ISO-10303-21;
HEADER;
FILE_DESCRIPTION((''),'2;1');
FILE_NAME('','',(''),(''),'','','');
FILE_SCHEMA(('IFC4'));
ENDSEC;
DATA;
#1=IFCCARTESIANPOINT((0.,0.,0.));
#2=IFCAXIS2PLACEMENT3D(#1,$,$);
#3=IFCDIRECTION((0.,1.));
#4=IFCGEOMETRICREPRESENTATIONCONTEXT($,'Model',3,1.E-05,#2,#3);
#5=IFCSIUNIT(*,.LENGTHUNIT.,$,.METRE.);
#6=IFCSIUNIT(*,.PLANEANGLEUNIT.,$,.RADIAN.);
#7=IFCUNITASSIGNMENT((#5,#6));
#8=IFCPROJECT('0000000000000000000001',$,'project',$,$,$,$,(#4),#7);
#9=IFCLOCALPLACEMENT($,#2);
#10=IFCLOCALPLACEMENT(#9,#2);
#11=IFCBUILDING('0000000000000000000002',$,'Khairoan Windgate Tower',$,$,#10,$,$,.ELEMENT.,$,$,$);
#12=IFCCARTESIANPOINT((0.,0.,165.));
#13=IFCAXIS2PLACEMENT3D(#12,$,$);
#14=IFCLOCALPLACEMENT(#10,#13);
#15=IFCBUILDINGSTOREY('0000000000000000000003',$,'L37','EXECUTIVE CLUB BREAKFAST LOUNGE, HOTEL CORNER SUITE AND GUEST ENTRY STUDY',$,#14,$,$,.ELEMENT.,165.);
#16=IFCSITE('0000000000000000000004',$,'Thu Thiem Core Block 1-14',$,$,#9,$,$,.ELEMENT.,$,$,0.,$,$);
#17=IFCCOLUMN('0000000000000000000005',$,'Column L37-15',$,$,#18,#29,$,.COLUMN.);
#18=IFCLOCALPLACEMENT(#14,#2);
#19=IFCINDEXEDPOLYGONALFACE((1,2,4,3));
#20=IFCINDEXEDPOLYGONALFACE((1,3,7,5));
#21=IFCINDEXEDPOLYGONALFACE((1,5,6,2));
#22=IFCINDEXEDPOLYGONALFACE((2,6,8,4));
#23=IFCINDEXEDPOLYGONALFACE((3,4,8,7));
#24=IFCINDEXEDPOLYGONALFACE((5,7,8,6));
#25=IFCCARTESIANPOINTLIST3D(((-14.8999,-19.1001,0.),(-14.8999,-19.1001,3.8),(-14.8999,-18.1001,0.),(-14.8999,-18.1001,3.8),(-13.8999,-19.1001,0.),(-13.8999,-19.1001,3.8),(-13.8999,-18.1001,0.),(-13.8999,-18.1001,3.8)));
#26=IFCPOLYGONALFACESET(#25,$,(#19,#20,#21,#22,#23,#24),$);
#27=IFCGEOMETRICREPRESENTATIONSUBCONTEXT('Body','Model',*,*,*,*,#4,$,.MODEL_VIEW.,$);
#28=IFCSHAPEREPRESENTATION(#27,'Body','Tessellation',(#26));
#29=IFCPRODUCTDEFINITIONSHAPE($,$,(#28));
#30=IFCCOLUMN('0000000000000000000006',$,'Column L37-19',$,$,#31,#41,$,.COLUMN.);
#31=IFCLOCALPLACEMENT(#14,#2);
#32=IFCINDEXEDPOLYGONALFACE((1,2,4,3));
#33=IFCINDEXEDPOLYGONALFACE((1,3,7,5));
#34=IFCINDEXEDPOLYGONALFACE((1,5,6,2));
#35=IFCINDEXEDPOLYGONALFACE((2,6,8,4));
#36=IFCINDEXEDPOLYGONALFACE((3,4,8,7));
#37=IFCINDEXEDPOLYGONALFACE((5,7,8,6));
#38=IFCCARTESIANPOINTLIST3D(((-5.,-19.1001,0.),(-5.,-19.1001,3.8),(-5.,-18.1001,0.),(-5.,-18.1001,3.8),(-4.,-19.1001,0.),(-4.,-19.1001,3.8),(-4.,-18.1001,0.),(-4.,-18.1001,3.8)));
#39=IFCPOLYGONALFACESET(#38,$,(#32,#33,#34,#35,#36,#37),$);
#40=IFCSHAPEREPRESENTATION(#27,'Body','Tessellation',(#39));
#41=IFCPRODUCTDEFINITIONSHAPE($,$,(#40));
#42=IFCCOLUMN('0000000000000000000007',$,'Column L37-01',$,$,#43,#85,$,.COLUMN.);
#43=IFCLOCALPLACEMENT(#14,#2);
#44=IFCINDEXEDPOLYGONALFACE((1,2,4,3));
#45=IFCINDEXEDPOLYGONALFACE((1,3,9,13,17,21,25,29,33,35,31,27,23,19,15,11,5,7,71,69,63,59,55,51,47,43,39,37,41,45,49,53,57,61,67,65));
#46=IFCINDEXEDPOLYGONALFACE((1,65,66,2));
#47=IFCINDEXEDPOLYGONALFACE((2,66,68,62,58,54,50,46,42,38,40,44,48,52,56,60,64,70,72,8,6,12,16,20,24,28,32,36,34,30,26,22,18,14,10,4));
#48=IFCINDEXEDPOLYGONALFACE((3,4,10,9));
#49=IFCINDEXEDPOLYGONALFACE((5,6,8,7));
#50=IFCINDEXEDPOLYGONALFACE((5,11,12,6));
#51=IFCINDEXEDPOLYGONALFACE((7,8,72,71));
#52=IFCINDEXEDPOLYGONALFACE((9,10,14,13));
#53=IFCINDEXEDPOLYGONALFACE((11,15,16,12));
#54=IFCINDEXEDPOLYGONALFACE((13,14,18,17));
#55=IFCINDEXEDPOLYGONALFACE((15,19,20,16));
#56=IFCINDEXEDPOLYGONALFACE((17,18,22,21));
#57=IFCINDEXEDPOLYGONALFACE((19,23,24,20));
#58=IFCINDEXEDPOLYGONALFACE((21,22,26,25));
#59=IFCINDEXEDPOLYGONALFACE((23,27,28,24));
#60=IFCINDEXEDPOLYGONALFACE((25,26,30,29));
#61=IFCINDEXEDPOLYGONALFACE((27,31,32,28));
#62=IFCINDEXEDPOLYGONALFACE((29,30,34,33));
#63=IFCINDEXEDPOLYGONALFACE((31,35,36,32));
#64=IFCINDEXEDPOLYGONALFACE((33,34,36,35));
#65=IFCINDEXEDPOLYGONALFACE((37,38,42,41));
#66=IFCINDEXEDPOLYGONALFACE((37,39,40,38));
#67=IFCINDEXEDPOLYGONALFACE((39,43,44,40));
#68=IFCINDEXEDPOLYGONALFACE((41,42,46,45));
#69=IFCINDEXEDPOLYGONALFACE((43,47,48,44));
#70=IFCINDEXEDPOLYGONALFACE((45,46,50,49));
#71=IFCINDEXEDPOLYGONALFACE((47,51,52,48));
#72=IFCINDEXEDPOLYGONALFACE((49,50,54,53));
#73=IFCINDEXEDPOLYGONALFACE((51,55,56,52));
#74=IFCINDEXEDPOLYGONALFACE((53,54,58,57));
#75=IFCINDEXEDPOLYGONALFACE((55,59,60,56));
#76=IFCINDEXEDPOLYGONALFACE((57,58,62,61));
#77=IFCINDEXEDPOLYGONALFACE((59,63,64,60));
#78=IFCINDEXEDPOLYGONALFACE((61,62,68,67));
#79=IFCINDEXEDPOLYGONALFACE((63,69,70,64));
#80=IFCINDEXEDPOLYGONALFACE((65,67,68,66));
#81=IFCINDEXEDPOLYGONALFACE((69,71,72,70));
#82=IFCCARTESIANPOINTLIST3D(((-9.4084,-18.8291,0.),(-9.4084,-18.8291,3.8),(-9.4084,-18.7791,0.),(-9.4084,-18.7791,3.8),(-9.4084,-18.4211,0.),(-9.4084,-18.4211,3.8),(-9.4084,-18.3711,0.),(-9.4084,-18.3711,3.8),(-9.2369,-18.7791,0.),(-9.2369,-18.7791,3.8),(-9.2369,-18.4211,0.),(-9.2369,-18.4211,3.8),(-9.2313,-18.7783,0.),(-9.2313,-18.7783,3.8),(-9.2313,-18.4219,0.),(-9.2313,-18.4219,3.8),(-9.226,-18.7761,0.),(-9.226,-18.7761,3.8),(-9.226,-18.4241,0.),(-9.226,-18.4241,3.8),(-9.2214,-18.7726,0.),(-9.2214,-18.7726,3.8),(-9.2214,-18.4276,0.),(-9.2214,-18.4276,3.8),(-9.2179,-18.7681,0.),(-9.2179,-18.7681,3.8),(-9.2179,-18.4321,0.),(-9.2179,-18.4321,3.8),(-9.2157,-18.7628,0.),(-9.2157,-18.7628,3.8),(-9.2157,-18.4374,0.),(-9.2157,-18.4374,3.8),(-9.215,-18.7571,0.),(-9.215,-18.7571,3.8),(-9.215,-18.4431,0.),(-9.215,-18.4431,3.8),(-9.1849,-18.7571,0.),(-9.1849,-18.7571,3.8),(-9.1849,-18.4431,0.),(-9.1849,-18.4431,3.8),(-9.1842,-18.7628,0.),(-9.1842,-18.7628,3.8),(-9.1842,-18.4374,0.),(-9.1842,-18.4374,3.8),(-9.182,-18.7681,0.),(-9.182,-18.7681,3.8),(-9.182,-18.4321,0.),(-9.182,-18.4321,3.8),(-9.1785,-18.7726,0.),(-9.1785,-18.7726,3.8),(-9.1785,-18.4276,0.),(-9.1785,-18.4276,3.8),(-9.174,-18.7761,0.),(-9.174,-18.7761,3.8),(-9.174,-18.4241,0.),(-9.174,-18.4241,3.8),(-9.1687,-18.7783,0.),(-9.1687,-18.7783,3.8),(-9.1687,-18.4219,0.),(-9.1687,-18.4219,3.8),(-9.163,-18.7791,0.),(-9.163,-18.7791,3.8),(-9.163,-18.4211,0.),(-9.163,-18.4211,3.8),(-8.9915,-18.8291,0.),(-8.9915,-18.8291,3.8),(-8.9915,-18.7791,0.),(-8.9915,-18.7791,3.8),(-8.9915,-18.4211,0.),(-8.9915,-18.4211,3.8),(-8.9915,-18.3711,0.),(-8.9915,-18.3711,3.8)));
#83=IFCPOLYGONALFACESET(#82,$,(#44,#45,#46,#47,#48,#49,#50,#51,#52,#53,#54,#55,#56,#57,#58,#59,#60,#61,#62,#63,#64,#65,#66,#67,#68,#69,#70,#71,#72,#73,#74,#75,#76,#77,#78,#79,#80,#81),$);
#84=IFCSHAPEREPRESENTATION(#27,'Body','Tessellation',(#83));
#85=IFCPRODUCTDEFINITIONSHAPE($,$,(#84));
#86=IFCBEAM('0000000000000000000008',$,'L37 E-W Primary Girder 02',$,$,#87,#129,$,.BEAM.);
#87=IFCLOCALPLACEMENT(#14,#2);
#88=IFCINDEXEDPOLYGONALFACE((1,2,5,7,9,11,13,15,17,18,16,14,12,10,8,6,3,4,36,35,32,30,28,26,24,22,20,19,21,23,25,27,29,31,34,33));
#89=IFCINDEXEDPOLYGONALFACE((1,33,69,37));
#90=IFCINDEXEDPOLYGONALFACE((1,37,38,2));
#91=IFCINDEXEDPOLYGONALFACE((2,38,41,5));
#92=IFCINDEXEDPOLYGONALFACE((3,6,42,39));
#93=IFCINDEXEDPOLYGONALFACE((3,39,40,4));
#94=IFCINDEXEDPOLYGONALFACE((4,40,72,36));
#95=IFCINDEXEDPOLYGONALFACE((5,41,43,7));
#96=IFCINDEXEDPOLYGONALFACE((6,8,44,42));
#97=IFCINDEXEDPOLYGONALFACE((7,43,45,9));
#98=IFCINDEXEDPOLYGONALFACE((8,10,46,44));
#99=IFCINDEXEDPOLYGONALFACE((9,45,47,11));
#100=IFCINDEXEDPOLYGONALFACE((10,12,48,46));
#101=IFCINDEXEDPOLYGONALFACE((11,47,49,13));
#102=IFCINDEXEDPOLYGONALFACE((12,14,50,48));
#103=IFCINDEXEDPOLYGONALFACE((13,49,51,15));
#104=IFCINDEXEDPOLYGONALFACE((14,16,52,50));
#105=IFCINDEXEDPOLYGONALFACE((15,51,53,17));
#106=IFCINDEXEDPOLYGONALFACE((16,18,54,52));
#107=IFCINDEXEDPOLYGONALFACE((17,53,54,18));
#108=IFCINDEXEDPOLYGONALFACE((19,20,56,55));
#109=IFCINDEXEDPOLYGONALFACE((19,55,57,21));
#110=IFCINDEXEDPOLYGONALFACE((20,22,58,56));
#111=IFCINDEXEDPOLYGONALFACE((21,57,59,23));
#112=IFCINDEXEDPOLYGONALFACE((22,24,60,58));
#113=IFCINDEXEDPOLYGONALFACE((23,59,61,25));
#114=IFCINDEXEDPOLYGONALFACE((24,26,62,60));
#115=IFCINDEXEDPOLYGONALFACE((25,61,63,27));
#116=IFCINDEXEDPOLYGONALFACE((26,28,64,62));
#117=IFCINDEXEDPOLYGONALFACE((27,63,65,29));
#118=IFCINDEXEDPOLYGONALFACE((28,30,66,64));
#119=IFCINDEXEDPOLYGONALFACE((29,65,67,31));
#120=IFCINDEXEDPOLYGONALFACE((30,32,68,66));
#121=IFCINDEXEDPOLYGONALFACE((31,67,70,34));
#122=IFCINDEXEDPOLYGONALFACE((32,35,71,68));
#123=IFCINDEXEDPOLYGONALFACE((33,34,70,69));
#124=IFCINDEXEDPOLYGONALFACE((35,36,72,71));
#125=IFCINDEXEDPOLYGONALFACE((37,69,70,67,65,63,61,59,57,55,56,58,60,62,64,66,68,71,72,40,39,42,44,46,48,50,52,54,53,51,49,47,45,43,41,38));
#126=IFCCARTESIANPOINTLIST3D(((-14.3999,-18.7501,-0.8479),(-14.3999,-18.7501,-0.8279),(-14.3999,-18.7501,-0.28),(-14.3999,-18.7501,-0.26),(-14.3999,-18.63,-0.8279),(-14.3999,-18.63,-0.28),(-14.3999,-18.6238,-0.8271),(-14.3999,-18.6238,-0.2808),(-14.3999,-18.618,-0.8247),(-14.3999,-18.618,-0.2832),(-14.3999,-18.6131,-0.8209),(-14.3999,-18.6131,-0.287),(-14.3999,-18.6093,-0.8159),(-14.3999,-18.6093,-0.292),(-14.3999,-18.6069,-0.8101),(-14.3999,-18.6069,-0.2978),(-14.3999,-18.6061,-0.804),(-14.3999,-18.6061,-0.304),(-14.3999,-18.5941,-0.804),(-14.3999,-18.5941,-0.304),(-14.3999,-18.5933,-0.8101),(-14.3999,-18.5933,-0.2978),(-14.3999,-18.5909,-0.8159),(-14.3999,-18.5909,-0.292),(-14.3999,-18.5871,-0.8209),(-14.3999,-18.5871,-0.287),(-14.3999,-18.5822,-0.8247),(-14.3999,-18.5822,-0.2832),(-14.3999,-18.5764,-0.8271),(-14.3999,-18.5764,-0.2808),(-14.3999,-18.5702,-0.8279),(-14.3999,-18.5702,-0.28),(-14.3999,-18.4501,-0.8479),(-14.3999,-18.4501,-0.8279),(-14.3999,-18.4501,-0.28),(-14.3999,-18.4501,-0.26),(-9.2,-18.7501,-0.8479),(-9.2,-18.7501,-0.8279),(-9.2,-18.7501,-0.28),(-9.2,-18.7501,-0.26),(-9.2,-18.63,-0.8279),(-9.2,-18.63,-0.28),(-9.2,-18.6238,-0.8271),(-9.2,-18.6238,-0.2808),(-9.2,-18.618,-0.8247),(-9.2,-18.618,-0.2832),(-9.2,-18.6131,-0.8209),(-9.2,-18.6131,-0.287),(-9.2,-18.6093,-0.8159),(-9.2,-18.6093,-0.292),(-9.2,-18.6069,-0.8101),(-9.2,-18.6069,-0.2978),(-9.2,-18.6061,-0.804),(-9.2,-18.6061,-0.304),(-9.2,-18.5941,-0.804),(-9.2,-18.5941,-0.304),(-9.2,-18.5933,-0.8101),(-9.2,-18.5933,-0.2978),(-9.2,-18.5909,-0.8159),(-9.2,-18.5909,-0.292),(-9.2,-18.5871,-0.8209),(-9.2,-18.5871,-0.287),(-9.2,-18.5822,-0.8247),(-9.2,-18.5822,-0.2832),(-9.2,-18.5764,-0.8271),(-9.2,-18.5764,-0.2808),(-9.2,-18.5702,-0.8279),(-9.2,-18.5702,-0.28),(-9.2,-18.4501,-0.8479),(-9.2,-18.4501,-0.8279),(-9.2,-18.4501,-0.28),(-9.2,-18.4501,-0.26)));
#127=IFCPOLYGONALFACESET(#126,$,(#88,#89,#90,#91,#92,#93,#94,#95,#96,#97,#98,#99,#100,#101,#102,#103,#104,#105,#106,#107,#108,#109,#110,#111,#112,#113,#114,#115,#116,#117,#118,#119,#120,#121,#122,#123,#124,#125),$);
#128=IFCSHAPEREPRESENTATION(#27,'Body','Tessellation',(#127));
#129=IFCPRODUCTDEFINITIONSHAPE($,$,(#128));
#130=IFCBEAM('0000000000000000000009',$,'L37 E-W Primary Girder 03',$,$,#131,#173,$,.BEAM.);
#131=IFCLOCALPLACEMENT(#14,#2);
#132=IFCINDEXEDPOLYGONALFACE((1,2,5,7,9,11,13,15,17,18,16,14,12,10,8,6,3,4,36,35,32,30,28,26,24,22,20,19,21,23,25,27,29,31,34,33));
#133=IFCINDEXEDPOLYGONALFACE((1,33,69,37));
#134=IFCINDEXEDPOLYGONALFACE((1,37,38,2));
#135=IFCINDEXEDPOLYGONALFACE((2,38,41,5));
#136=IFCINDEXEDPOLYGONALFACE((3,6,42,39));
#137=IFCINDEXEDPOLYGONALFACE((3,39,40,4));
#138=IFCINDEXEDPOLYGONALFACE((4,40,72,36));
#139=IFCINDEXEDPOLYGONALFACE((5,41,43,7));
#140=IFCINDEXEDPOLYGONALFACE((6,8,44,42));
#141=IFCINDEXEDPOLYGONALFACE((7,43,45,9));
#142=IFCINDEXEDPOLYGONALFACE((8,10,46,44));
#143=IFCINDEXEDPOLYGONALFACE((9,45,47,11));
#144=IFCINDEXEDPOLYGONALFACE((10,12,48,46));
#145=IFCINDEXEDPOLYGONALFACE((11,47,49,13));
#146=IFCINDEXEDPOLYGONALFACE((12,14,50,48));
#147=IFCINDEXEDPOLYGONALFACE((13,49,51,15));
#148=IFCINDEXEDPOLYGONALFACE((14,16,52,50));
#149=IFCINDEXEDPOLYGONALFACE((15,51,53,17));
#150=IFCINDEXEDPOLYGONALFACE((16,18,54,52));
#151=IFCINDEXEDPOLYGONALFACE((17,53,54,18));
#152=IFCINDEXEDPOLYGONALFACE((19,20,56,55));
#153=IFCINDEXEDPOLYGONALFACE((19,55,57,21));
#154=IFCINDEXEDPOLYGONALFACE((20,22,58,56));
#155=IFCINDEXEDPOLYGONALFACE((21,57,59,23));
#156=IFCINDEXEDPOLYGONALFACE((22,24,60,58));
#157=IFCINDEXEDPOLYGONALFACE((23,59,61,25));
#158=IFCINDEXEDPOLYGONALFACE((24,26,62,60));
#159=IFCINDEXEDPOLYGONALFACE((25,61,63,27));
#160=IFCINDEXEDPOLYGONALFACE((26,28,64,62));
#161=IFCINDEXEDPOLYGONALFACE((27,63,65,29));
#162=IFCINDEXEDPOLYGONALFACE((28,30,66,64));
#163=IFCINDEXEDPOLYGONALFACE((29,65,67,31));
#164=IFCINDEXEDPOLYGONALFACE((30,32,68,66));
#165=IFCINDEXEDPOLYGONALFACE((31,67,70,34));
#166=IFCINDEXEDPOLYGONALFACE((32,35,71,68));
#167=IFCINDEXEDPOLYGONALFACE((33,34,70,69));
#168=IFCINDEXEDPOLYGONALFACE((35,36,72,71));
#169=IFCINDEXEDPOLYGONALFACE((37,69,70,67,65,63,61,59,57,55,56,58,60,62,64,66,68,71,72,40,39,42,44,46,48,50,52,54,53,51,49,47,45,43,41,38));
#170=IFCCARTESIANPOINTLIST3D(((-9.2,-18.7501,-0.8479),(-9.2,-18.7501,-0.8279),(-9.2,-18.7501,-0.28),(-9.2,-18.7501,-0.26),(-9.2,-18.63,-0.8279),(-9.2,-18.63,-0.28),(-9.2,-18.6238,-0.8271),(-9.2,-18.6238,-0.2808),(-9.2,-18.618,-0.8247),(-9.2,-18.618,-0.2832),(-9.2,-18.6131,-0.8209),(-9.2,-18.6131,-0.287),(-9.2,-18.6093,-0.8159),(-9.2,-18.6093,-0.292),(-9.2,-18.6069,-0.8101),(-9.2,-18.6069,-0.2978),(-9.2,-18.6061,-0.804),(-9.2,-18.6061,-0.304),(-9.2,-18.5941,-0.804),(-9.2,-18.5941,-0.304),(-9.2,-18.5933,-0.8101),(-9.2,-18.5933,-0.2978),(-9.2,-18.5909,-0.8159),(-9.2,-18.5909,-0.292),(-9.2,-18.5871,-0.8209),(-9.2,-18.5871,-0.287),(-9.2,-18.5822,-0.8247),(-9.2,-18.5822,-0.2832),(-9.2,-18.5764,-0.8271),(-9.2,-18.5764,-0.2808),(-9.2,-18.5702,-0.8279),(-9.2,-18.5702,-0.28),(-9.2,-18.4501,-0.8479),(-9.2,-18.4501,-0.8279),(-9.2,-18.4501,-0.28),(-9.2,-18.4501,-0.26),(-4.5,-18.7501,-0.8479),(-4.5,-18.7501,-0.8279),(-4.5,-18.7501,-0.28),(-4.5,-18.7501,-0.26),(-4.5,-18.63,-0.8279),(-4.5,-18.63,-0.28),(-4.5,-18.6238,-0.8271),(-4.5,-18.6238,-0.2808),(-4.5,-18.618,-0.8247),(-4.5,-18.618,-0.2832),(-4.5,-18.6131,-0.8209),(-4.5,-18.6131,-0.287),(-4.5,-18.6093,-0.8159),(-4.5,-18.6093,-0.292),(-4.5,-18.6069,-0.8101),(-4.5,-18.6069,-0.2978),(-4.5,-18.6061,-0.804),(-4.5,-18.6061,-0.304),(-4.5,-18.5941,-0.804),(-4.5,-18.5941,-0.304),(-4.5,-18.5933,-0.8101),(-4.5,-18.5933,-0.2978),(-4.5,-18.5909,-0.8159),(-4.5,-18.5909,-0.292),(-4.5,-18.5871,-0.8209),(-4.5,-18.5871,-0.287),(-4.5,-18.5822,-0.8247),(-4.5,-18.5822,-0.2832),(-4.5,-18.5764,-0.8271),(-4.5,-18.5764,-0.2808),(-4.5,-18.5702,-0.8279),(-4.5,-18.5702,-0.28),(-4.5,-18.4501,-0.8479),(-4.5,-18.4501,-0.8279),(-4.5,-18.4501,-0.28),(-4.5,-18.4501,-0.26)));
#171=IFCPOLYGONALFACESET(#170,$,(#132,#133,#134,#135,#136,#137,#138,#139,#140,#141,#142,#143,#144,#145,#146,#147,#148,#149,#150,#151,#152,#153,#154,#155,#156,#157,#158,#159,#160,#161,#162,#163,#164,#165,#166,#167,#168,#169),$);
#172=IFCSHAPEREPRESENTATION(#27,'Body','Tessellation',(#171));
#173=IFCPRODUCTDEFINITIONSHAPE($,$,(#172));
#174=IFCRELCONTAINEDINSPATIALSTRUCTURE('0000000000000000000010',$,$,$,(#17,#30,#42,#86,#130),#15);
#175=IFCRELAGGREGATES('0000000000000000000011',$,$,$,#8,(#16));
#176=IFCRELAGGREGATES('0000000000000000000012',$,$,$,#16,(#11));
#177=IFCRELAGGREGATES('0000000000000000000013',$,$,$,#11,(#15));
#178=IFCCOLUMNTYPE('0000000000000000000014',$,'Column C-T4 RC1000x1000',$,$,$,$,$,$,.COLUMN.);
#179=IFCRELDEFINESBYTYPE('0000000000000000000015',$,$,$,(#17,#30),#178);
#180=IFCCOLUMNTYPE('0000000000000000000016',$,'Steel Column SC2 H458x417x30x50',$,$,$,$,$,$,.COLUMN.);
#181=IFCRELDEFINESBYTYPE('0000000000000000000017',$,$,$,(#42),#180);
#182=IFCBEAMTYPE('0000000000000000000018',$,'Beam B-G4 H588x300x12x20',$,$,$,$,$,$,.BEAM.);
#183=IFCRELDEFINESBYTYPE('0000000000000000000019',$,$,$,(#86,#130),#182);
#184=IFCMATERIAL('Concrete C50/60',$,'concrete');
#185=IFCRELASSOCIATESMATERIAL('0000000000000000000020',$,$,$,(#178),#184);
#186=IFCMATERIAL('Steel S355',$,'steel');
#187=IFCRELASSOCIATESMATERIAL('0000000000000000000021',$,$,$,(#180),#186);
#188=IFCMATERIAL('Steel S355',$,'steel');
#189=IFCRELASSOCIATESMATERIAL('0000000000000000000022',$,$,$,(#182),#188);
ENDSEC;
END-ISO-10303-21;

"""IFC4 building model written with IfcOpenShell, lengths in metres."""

from ifc_helpers import new_model, si_unit, direction, frame, origin, origin_2d, place, context, subcontext, project, spatial, rectangle, i_section, extrude, material, material_profile, profile_set, type_object, element, save


model = new_model("IFC4")

# Units and contexts
model_context = context("Model", 3, precision=1e-05, world=origin(), true_north=direction((0.0, 1.0)))
body_context = subcontext(model_context, "Body", "Model", "MODEL_VIEW")
ifc_project = project(units=[si_unit("LENGTHUNIT", "METRE"), si_unit("PLANEANGLEUNIT", "RADIAN")], contexts=[model_context])

# Site, building, storey
site_placement = place(None, origin())
site = spatial("IfcSite", under=ifc_project, at=site_placement, Name="Thu Thiem Core Block 1-14", CompositionType="ELEMENT", RefElevation=0.0)
building_placement = place(site_placement, origin())
building = spatial("IfcBuilding", under=site, at=building_placement, Name="Khairoan Windgate Tower", CompositionType="ELEMENT")
storey_placement = place(building_placement, frame((0.0, 0.0, 165.0)))
storey = spatial("IfcBuildingStorey", under=building, at=storey_placement, Name="L37", Description="EXECUTIVE CLUB BREAKFAST LOUNGE, HOTEL CORNER SUITE AND GUEST ENTRY STUDY", CompositionType="ELEMENT", Elevation=165.0)

# Columns
ifc_material_1 = material(Name="Concrete C50/60", Category="concrete")
ifc_material_profile_1 = material_profile(ifc_material_1, rectangle(XDim=1.0, YDim=1.0, at=origin_2d()))
ifc_profile_set_1 = profile_set([ifc_material_profile_1], Name="Concrete C50/60")
column_type_1 = type_object("IfcColumnType", Name="Column C-T4 RC1000x1000", PredefinedType="COLUMN", material=ifc_profile_set_1)
for number, where, z_axis, x_axis, name in (
    (1, (-14.3999, -18.6001, 0.0), (0.0, 0.0, 1.0), (1.0, 0.0, 0.0), "Column L37-15"),
    (2, (-4.5, -18.6001, 0.0), (0.0, 0.0, 1.0), (1.0, 0.0, 0.0), "Column L37-19"),
):
    element("IfcColumn", number, at=place(storey_placement, frame(where, z_axis=z_axis, x_axis=x_axis)), inside=storey, type_object=column_type_1, Name=name, PredefinedType="COLUMN", context=body_context, shape_type="SweptSolid", body=[
        extrude(rectangle(XDim=1.0, YDim=1.0, at=origin_2d()), origin(), (0.0, 0.0, 1.0), 3.8),
    ])
ifc_material_2 = material(Name="Steel S355", Category="steel")
ifc_material_profile_2 = material_profile(ifc_material_2, i_section(OverallWidth=0.417, OverallDepth=0.458, WebThickness=0.03, FlangeThickness=0.05, FilletRadius=0.022, at=origin_2d()))
ifc_profile_set_2 = profile_set([ifc_material_profile_2], Name="Steel S355")
column_type_2 = type_object("IfcColumnType", Name="Steel Column SC2 H458x417x30x50", PredefinedType="COLUMN", material=ifc_profile_set_2)
column_placement = place(storey_placement, frame((-9.2, -18.6001, 0.0), z_axis=(0.0, 0.0, 1.0), x_axis=(1.0, 0.0, 0.0)))
element("IfcColumn", 3, at=column_placement, inside=storey, type_object=column_type_2, Name="Column L37-01", PredefinedType="COLUMN", context=body_context, shape_type="SweptSolid", body=[
    extrude(i_section(OverallWidth=0.417, OverallDepth=0.458, WebThickness=0.03, FlangeThickness=0.05, FilletRadius=0.022, at=origin_2d()), origin(), (0.0, 0.0, 1.0), 3.8),
])

# Beams
ifc_material_3 = material(Name="Steel S355", Category="steel")
ifc_material_profile_3 = material_profile(ifc_material_3, i_section(OverallWidth=0.3, OverallDepth=0.5879, WebThickness=0.012, FlangeThickness=0.02, FilletRadius=0.0239, at=origin_2d()))
ifc_profile_set_3 = profile_set([ifc_material_profile_3], Name="Steel S355")
beam_type_1 = type_object("IfcBeamType", Name="Beam B-G4 H588x300x12x20", PredefinedType="BEAM", material=ifc_profile_set_3)
beam_1_placement = place(storey_placement, frame((-14.3999, -18.6001, -0.554), z_axis=(1.0, 0.0, 0.0), x_axis=(0.0, 1.0, 0.0)))
element("IfcBeam", 4, at=beam_1_placement, inside=storey, type_object=beam_type_1, Name="L37 E-W Primary Girder 02", PredefinedType="BEAM", context=body_context, shape_type="SweptSolid", body=[
    extrude(i_section(OverallWidth=0.3, OverallDepth=0.5879, WebThickness=0.012, FlangeThickness=0.02, FilletRadius=0.0239, at=origin_2d()), origin(), (0.0, 0.0, 1.0), 5.2),
])
beam_2_placement = place(storey_placement, frame((-9.2, -18.6001, -0.554), z_axis=(1.0, 0.0, 0.0), x_axis=(0.0, 1.0, 0.0)))
element("IfcBeam", 5, at=beam_2_placement, inside=storey, type_object=beam_type_1, Name="L37 E-W Primary Girder 03", PredefinedType="BEAM", context=body_context, shape_type="SweptSolid", body=[
    extrude(i_section(OverallWidth=0.3, OverallDepth=0.5879, WebThickness=0.012, FlangeThickness=0.02, FilletRadius=0.0239, at=origin_2d()), origin(), (0.0, 0.0, 1.0), 4.7),
])

save(model, "model.ifc")
